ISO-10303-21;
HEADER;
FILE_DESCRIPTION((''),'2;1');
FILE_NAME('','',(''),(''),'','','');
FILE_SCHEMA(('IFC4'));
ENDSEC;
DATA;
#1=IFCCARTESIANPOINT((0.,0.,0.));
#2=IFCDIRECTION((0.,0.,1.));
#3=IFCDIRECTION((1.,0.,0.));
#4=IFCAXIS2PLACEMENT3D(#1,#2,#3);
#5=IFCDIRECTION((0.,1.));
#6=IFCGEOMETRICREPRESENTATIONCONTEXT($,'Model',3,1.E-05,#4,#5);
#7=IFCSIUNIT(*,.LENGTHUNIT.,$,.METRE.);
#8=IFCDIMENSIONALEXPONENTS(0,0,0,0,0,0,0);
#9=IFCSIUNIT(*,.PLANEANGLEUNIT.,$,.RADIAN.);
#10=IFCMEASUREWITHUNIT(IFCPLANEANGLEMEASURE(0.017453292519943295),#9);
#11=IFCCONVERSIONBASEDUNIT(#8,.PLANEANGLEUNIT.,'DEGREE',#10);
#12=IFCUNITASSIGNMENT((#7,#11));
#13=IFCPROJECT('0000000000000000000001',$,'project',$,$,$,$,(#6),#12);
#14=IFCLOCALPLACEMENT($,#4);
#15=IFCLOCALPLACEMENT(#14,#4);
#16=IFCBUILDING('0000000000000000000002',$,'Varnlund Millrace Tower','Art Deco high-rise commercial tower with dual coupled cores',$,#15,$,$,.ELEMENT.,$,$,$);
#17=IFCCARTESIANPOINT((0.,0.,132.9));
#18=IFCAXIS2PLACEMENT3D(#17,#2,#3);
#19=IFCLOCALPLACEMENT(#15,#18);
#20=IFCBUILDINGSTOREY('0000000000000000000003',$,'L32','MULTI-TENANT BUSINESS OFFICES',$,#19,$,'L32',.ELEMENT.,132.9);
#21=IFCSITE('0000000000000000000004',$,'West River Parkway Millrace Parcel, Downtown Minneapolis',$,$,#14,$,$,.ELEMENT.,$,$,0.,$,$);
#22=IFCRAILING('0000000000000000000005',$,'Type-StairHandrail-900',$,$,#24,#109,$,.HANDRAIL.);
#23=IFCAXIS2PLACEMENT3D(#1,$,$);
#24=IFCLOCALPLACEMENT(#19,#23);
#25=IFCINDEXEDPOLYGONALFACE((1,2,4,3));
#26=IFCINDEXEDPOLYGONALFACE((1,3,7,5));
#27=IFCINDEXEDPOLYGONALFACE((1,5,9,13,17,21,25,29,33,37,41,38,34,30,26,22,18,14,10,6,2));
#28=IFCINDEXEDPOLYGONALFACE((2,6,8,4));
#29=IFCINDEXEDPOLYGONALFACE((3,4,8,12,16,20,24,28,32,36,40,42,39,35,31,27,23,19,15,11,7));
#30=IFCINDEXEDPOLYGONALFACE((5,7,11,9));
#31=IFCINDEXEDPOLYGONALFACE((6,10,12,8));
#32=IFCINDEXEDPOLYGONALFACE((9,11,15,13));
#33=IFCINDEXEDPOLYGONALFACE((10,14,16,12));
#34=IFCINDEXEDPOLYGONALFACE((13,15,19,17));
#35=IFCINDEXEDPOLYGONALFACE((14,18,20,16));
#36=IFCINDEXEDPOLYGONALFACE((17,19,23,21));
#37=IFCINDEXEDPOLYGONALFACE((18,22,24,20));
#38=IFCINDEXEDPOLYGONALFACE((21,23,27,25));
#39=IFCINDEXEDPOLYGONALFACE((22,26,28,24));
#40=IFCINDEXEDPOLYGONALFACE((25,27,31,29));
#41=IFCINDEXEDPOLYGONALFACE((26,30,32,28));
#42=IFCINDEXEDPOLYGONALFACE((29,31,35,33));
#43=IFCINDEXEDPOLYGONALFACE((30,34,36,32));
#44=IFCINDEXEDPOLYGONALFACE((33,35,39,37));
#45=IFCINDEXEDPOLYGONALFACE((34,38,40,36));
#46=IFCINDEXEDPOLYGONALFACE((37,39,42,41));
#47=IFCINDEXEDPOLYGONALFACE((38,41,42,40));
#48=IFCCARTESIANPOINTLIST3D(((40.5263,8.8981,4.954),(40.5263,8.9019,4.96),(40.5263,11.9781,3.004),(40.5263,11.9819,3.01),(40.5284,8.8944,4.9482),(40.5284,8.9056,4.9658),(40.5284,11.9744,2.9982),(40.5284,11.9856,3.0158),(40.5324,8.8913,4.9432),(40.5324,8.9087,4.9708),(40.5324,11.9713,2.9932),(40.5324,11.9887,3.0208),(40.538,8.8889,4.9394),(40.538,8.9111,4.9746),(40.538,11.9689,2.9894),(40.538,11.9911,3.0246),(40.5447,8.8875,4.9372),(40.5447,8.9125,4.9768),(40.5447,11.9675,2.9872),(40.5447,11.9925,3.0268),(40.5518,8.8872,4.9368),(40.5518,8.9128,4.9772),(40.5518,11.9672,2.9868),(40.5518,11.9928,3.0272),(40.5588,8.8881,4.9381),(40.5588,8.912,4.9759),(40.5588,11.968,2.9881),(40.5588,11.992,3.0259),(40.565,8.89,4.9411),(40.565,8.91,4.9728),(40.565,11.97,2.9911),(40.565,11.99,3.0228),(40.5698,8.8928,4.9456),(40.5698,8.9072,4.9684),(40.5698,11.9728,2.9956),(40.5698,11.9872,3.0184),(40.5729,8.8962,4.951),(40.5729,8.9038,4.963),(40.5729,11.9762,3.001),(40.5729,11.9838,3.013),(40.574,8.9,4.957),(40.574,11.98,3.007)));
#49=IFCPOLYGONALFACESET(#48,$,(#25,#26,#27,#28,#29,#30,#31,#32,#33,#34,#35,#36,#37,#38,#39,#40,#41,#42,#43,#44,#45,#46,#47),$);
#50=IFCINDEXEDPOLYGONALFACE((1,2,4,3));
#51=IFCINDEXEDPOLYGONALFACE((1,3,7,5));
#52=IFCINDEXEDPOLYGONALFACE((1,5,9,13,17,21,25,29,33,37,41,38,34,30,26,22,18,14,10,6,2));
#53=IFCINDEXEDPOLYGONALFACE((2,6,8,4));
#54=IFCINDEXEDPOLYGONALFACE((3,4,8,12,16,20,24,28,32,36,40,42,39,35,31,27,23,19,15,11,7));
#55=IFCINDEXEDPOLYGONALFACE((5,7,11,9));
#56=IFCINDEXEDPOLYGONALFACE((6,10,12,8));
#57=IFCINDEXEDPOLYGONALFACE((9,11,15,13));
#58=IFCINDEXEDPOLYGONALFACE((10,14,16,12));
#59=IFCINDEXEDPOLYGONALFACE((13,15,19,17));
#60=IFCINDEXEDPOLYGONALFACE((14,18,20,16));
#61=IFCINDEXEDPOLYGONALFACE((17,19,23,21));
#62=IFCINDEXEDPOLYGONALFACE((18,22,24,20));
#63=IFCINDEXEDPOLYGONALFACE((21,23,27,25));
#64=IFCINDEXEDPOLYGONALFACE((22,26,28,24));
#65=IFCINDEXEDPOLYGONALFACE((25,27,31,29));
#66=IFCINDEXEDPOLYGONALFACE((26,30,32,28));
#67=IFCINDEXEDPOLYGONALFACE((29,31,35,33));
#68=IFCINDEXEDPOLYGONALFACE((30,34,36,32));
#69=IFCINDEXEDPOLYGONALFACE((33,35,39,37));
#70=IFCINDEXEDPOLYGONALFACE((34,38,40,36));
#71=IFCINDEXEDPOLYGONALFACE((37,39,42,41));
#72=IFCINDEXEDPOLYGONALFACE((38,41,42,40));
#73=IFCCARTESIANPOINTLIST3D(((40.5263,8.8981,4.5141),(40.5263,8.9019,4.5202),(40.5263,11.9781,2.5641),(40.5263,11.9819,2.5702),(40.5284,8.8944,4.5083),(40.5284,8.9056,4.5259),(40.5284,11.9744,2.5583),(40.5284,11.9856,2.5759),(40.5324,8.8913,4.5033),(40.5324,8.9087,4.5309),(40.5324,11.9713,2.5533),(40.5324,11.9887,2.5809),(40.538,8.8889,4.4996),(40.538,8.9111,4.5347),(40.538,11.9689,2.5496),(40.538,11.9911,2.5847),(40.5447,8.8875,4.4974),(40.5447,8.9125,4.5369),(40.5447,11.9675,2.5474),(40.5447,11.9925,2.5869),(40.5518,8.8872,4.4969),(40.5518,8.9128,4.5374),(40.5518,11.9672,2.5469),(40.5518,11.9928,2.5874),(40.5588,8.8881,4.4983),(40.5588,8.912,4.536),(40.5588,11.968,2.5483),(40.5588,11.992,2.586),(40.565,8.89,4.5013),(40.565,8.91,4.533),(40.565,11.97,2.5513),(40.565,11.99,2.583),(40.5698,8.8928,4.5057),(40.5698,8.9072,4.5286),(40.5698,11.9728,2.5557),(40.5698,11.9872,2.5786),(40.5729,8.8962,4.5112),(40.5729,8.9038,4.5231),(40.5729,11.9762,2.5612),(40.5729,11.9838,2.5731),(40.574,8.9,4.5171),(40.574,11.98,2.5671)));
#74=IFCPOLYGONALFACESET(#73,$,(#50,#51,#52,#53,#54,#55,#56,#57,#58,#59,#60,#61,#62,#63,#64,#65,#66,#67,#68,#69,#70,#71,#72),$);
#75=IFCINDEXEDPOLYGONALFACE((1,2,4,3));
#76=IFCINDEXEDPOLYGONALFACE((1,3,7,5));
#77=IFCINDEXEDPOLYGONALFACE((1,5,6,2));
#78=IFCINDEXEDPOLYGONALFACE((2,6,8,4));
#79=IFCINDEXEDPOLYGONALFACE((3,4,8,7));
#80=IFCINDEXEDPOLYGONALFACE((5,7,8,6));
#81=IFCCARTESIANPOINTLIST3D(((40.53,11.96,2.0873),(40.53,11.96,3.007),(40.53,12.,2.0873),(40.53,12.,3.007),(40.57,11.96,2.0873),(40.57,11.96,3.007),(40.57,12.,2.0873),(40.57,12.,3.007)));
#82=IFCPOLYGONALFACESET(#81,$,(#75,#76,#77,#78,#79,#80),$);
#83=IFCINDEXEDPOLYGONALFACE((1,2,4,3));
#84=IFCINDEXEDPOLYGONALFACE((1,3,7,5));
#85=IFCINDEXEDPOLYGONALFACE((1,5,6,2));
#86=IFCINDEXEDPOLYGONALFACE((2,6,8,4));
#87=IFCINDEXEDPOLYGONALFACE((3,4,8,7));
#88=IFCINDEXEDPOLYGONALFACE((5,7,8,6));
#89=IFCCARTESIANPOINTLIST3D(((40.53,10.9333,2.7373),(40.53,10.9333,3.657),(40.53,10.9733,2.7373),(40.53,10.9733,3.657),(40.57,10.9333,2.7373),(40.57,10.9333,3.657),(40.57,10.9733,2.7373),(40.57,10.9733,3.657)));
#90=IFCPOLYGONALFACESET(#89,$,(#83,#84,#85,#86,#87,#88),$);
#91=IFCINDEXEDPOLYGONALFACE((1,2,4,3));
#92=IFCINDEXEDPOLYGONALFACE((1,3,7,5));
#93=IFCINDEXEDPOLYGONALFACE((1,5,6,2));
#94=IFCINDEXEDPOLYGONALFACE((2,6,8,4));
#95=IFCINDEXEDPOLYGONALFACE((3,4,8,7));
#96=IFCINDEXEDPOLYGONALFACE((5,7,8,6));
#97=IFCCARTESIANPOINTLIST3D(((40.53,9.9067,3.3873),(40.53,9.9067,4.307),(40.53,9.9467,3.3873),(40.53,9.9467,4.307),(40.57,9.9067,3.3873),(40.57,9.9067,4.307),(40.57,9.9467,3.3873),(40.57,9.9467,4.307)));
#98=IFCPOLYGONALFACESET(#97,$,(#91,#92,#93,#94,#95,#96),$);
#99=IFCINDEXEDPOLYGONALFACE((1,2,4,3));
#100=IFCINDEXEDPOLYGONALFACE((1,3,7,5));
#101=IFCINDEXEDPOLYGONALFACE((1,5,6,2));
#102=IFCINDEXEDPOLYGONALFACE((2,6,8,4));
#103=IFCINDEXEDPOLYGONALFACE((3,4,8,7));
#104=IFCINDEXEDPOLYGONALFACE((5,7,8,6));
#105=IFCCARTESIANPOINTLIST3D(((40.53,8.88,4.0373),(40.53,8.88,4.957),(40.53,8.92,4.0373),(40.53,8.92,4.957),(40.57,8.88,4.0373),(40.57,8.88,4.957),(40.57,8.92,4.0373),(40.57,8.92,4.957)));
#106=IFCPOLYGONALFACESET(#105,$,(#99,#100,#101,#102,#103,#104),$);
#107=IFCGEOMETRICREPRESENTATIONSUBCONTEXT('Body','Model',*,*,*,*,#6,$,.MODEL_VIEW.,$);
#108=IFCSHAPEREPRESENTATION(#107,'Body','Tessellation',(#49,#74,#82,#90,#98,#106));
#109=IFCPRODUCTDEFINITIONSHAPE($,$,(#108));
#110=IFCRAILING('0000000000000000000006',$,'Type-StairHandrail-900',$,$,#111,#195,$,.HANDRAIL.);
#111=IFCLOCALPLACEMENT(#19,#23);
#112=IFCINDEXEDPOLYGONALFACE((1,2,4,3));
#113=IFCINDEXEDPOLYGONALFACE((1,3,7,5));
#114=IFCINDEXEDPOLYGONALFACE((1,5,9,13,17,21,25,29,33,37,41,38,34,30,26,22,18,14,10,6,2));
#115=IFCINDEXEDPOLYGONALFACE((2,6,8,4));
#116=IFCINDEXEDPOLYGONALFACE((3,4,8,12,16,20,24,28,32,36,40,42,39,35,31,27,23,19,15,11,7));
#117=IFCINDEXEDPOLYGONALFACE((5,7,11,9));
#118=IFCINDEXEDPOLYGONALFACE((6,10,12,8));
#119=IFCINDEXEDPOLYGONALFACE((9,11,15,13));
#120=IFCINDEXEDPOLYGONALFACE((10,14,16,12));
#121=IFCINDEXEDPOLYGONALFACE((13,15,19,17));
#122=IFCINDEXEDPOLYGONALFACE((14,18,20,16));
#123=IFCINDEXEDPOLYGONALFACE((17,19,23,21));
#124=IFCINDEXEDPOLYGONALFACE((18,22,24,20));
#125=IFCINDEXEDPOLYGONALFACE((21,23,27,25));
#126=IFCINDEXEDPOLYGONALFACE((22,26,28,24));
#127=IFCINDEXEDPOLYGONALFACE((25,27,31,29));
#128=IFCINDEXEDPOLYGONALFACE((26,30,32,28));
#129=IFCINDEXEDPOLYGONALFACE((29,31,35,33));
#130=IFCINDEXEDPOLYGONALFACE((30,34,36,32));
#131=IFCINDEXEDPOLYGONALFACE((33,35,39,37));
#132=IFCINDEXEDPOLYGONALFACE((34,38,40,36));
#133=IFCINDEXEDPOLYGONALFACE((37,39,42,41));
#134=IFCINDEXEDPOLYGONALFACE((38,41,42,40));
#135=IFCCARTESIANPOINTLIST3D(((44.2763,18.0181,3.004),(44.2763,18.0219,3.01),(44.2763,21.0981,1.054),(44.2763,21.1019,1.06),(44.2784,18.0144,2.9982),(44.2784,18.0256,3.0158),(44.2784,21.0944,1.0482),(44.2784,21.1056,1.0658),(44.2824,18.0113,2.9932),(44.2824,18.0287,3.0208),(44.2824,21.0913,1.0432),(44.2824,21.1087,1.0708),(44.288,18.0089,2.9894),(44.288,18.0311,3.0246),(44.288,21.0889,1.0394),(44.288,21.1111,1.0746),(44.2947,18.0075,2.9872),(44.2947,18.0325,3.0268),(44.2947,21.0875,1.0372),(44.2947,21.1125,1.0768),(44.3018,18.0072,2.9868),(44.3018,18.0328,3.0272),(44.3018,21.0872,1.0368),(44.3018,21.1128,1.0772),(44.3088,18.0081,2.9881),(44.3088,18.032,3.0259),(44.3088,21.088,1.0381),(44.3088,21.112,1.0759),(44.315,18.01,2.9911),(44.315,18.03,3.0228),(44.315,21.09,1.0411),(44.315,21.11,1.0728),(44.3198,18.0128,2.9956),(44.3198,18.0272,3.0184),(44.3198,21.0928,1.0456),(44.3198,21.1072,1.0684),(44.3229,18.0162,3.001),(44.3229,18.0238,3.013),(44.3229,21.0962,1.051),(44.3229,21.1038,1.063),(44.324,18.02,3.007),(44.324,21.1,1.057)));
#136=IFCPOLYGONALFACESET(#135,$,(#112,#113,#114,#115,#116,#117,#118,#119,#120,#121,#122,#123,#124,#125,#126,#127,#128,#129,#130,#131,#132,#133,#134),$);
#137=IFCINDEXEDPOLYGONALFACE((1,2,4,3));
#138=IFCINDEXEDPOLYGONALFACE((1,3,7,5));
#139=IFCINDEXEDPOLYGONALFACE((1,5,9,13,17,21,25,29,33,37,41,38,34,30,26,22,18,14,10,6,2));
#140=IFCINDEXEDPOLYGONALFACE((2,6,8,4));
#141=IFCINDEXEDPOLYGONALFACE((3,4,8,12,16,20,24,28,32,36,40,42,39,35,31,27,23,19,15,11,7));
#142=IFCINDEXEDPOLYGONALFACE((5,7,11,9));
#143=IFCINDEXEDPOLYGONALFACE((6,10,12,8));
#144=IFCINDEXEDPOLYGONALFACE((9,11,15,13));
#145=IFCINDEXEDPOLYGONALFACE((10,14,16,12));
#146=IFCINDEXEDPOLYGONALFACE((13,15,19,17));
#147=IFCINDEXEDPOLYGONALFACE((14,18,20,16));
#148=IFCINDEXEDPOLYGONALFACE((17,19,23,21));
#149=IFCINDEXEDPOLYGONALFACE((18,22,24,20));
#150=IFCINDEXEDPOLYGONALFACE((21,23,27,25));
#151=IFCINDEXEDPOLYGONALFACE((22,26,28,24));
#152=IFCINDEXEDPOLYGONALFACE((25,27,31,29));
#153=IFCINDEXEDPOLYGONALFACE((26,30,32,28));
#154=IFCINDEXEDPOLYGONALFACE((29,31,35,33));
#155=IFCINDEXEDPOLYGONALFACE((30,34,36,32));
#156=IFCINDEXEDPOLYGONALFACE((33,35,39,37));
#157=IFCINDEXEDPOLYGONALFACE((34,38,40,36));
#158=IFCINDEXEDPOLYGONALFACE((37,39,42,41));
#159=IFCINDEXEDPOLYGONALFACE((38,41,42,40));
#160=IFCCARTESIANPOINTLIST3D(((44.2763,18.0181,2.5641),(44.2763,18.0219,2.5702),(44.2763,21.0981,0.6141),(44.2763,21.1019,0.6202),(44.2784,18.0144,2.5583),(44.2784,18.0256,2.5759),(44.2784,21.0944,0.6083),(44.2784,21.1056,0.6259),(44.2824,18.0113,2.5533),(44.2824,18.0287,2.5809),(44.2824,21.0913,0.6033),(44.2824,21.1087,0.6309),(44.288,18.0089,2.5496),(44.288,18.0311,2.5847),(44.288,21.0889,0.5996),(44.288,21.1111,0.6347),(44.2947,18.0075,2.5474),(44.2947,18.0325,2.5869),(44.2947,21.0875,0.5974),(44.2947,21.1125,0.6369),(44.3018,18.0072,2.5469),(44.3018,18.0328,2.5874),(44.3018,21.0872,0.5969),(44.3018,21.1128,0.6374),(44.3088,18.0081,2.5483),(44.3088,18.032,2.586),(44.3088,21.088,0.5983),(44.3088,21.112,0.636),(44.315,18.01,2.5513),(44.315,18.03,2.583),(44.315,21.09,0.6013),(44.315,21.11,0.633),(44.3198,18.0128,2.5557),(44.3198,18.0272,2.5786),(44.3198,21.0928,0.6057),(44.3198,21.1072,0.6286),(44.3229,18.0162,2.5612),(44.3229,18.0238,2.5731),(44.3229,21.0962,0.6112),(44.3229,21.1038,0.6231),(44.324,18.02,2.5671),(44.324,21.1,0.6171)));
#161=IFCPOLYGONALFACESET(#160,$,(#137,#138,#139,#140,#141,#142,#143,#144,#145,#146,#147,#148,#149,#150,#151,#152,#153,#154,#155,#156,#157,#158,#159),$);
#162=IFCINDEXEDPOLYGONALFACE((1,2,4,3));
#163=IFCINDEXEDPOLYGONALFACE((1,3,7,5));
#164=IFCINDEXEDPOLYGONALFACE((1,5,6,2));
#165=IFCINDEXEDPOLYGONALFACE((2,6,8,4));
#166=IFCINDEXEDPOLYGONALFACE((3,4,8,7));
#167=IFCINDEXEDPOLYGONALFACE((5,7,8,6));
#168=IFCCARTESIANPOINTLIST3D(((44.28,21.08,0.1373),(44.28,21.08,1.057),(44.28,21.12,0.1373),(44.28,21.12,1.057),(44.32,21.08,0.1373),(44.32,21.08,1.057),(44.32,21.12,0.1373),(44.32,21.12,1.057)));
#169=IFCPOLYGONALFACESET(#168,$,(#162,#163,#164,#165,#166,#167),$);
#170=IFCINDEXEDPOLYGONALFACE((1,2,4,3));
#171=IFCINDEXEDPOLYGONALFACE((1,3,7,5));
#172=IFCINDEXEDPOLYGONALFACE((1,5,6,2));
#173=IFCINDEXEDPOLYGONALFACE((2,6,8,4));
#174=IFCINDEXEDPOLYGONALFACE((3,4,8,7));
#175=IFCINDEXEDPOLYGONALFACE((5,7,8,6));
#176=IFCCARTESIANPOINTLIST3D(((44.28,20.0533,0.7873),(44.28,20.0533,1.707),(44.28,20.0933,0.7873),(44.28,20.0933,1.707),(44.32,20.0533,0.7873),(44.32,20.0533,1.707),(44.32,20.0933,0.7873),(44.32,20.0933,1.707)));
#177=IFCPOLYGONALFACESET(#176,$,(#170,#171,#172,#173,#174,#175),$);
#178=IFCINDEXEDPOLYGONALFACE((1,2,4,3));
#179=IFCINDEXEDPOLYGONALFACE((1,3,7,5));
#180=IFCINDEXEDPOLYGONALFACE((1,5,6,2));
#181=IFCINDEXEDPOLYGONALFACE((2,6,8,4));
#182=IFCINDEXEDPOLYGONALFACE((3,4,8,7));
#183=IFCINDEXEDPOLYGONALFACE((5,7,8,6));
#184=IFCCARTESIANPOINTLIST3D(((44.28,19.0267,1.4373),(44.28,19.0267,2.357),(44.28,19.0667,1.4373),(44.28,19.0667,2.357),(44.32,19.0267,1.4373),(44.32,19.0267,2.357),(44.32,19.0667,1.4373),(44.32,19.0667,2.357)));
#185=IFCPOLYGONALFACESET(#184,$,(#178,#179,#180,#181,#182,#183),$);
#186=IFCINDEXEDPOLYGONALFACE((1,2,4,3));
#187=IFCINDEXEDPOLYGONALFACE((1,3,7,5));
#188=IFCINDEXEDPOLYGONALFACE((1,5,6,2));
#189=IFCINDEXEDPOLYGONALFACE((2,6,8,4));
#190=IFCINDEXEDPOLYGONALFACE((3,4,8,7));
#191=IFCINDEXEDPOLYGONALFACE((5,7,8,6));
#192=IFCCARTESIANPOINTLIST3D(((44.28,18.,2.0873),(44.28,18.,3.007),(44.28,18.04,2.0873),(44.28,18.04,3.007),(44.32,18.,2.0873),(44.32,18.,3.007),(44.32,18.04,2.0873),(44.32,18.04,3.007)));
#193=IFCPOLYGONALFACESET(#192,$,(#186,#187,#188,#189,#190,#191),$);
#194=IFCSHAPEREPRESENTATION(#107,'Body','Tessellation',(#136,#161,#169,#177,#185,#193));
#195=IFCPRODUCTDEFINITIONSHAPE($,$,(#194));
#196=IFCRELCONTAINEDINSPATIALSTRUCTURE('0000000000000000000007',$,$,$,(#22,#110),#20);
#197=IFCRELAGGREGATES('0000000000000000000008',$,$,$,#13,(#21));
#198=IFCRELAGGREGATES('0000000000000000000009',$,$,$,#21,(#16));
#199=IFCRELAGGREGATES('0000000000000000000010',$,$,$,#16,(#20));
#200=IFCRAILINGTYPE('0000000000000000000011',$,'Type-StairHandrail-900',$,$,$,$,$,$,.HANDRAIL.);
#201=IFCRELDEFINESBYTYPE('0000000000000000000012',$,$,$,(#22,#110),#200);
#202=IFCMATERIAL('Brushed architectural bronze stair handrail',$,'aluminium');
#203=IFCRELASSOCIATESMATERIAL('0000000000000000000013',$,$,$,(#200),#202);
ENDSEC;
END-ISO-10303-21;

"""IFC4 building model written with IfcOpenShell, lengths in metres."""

from ifc_helpers import new_model, entity, si_unit, converted_unit, direction, frame, origin_with_axes, origin_2d_with_axis, place, context, subcontext, project, spatial, rectangle, circle, extrude, material, type_object, element, save


model = new_model("IFC4")

# Units and contexts
model_context = context("Model", 3, precision=1e-05, world=origin_with_axes(), true_north=direction((0.0, 1.0)))
body_context = subcontext(model_context, "Body", "Model", "MODEL_VIEW")
ifc_project = project(units=[si_unit("LENGTHUNIT", "METRE"), converted_unit("PLANEANGLEUNIT", "DEGREE", entity("IfcPlaneAngleMeasure", 0.017453292519943295), si_unit("PLANEANGLEUNIT", "RADIAN"), dimensions=[0, 0, 0, 0, 0, 0, 0])], contexts=[model_context])

# Site, building, storey
site_placement = place(None, origin_with_axes())
site = spatial("IfcSite", under=ifc_project, at=site_placement, Name="West River Parkway Millrace Parcel, Downtown Minneapolis", CompositionType="ELEMENT", RefElevation=0.0)
building_placement = place(site_placement, origin_with_axes())
building = spatial("IfcBuilding", under=site, at=building_placement, Name="Varnlund Millrace Tower", Description="Art Deco high-rise commercial tower with dual coupled cores", CompositionType="ELEMENT")
storey_placement = place(building_placement, frame((0.0, 0.0, 132.9), z_axis=(0.0, 0.0, 1.0), x_axis=(1.0, 0.0, 0.0)))
storey = spatial("IfcBuildingStorey", under=building, at=storey_placement, Name="L32", Description="MULTI-TENANT BUSINESS OFFICES", LongName="L32", CompositionType="ELEMENT", Elevation=132.9)

# Railings
ifc_material_1 = material(Name="Brushed architectural bronze stair handrail", Category="aluminium")
railing_type_1 = type_object("IfcRailingType", Name="Type-StairHandrail-900", PredefinedType="HANDRAIL", material=ifc_material_1)
railing_1_placement = place(storey_placement, frame((0.0, 0.0, -132.9), z_axis=(0.0, 0.0, 1.0), x_axis=(1.0, 0.0, 0.0)))
element("IfcRailing", 1, at=railing_1_placement, inside=storey, type_object=railing_type_1, Name="Type-StairHandrail-900", PredefinedType="HANDRAIL", context=body_context, shape_type="SweptSolid", body=[
    extrude(circle(Radius=0.024, at=origin_2d_with_axis()), frame((40.55, 11.98, 135.907), z_axis=(0.0, -0.844902, 0.534922), x_axis=(1.0, 0.0, 0.0)), (0.0, 0.0, 1.0), 3.6454),
    extrude(circle(Radius=0.024, at=origin_2d_with_axis()), frame((40.55, 11.98, 135.4671), z_axis=(0.0, -0.844902, 0.534922), x_axis=(1.0, 0.0, 0.0)), (0.0, 0.0, 1.0), 3.6454),
    extrude(rectangle(XDim=0.04, YDim=0.04, at=origin_2d_with_axis()), frame((40.55, 11.98, 134.9873), z_axis=(0.0, 0.0, 1.0), x_axis=(1.0, 0.0, 0.0)), (0.0, 0.0, 1.0), 0.9197),
    extrude(rectangle(XDim=0.04, YDim=0.04, at=origin_2d_with_axis()), frame((40.55, 10.9533, 135.6373), z_axis=(0.0, 0.0, 1.0), x_axis=(1.0, 0.0, 0.0)), (0.0, 0.0, 1.0), 0.9197),
    extrude(rectangle(XDim=0.04, YDim=0.04, at=origin_2d_with_axis()), frame((40.55, 9.9267, 136.2873), z_axis=(0.0, 0.0, 1.0), x_axis=(1.0, 0.0, 0.0)), (0.0, 0.0, 1.0), 0.9197),
    extrude(rectangle(XDim=0.04, YDim=0.04, at=origin_2d_with_axis()), frame((40.55, 8.9, 136.9373), z_axis=(0.0, 0.0, 1.0), x_axis=(1.0, 0.0, 0.0)), (0.0, 0.0, 1.0), 0.9197),
])
railing_2_placement = place(storey_placement, frame((0.0, 0.0, -132.9), z_axis=(0.0, 0.0, 1.0), x_axis=(1.0, 0.0, 0.0)))
element("IfcRailing", 2, at=railing_2_placement, inside=storey, type_object=railing_type_1, Name="Type-StairHandrail-900", PredefinedType="HANDRAIL", context=body_context, shape_type="SweptSolid", body=[
    extrude(circle(Radius=0.024, at=origin_2d_with_axis()), frame((44.3, 21.1, 133.957), z_axis=(0.0, -0.844902, 0.534922), x_axis=(1.0, 0.0, 0.0)), (0.0, 0.0, 1.0), 3.6454),
    extrude(circle(Radius=0.024, at=origin_2d_with_axis()), frame((44.3, 21.1, 133.5171), z_axis=(0.0, -0.844902, 0.534922), x_axis=(1.0, 0.0, 0.0)), (0.0, 0.0, 1.0), 3.6454),
    extrude(rectangle(XDim=0.04, YDim=0.04, at=origin_2d_with_axis()), frame((44.3, 21.1, 133.0373), z_axis=(0.0, 0.0, 1.0), x_axis=(1.0, 0.0, 0.0)), (0.0, 0.0, 1.0), 0.9197),
    extrude(rectangle(XDim=0.04, YDim=0.04, at=origin_2d_with_axis()), frame((44.3, 20.0733, 133.6873), z_axis=(0.0, 0.0, 1.0), x_axis=(1.0, 0.0, 0.0)), (0.0, 0.0, 1.0), 0.9197),
    extrude(rectangle(XDim=0.04, YDim=0.04, at=origin_2d_with_axis()), frame((44.3, 19.0467, 134.3373), z_axis=(0.0, 0.0, 1.0), x_axis=(1.0, 0.0, 0.0)), (0.0, 0.0, 1.0), 0.9197),
    extrude(rectangle(XDim=0.04, YDim=0.04, at=origin_2d_with_axis()), frame((44.3, 18.02, 134.9873), z_axis=(0.0, 0.0, 1.0), x_axis=(1.0, 0.0, 0.0)), (0.0, 0.0, 1.0), 0.9197),
])

save(model, "model.ifc")
